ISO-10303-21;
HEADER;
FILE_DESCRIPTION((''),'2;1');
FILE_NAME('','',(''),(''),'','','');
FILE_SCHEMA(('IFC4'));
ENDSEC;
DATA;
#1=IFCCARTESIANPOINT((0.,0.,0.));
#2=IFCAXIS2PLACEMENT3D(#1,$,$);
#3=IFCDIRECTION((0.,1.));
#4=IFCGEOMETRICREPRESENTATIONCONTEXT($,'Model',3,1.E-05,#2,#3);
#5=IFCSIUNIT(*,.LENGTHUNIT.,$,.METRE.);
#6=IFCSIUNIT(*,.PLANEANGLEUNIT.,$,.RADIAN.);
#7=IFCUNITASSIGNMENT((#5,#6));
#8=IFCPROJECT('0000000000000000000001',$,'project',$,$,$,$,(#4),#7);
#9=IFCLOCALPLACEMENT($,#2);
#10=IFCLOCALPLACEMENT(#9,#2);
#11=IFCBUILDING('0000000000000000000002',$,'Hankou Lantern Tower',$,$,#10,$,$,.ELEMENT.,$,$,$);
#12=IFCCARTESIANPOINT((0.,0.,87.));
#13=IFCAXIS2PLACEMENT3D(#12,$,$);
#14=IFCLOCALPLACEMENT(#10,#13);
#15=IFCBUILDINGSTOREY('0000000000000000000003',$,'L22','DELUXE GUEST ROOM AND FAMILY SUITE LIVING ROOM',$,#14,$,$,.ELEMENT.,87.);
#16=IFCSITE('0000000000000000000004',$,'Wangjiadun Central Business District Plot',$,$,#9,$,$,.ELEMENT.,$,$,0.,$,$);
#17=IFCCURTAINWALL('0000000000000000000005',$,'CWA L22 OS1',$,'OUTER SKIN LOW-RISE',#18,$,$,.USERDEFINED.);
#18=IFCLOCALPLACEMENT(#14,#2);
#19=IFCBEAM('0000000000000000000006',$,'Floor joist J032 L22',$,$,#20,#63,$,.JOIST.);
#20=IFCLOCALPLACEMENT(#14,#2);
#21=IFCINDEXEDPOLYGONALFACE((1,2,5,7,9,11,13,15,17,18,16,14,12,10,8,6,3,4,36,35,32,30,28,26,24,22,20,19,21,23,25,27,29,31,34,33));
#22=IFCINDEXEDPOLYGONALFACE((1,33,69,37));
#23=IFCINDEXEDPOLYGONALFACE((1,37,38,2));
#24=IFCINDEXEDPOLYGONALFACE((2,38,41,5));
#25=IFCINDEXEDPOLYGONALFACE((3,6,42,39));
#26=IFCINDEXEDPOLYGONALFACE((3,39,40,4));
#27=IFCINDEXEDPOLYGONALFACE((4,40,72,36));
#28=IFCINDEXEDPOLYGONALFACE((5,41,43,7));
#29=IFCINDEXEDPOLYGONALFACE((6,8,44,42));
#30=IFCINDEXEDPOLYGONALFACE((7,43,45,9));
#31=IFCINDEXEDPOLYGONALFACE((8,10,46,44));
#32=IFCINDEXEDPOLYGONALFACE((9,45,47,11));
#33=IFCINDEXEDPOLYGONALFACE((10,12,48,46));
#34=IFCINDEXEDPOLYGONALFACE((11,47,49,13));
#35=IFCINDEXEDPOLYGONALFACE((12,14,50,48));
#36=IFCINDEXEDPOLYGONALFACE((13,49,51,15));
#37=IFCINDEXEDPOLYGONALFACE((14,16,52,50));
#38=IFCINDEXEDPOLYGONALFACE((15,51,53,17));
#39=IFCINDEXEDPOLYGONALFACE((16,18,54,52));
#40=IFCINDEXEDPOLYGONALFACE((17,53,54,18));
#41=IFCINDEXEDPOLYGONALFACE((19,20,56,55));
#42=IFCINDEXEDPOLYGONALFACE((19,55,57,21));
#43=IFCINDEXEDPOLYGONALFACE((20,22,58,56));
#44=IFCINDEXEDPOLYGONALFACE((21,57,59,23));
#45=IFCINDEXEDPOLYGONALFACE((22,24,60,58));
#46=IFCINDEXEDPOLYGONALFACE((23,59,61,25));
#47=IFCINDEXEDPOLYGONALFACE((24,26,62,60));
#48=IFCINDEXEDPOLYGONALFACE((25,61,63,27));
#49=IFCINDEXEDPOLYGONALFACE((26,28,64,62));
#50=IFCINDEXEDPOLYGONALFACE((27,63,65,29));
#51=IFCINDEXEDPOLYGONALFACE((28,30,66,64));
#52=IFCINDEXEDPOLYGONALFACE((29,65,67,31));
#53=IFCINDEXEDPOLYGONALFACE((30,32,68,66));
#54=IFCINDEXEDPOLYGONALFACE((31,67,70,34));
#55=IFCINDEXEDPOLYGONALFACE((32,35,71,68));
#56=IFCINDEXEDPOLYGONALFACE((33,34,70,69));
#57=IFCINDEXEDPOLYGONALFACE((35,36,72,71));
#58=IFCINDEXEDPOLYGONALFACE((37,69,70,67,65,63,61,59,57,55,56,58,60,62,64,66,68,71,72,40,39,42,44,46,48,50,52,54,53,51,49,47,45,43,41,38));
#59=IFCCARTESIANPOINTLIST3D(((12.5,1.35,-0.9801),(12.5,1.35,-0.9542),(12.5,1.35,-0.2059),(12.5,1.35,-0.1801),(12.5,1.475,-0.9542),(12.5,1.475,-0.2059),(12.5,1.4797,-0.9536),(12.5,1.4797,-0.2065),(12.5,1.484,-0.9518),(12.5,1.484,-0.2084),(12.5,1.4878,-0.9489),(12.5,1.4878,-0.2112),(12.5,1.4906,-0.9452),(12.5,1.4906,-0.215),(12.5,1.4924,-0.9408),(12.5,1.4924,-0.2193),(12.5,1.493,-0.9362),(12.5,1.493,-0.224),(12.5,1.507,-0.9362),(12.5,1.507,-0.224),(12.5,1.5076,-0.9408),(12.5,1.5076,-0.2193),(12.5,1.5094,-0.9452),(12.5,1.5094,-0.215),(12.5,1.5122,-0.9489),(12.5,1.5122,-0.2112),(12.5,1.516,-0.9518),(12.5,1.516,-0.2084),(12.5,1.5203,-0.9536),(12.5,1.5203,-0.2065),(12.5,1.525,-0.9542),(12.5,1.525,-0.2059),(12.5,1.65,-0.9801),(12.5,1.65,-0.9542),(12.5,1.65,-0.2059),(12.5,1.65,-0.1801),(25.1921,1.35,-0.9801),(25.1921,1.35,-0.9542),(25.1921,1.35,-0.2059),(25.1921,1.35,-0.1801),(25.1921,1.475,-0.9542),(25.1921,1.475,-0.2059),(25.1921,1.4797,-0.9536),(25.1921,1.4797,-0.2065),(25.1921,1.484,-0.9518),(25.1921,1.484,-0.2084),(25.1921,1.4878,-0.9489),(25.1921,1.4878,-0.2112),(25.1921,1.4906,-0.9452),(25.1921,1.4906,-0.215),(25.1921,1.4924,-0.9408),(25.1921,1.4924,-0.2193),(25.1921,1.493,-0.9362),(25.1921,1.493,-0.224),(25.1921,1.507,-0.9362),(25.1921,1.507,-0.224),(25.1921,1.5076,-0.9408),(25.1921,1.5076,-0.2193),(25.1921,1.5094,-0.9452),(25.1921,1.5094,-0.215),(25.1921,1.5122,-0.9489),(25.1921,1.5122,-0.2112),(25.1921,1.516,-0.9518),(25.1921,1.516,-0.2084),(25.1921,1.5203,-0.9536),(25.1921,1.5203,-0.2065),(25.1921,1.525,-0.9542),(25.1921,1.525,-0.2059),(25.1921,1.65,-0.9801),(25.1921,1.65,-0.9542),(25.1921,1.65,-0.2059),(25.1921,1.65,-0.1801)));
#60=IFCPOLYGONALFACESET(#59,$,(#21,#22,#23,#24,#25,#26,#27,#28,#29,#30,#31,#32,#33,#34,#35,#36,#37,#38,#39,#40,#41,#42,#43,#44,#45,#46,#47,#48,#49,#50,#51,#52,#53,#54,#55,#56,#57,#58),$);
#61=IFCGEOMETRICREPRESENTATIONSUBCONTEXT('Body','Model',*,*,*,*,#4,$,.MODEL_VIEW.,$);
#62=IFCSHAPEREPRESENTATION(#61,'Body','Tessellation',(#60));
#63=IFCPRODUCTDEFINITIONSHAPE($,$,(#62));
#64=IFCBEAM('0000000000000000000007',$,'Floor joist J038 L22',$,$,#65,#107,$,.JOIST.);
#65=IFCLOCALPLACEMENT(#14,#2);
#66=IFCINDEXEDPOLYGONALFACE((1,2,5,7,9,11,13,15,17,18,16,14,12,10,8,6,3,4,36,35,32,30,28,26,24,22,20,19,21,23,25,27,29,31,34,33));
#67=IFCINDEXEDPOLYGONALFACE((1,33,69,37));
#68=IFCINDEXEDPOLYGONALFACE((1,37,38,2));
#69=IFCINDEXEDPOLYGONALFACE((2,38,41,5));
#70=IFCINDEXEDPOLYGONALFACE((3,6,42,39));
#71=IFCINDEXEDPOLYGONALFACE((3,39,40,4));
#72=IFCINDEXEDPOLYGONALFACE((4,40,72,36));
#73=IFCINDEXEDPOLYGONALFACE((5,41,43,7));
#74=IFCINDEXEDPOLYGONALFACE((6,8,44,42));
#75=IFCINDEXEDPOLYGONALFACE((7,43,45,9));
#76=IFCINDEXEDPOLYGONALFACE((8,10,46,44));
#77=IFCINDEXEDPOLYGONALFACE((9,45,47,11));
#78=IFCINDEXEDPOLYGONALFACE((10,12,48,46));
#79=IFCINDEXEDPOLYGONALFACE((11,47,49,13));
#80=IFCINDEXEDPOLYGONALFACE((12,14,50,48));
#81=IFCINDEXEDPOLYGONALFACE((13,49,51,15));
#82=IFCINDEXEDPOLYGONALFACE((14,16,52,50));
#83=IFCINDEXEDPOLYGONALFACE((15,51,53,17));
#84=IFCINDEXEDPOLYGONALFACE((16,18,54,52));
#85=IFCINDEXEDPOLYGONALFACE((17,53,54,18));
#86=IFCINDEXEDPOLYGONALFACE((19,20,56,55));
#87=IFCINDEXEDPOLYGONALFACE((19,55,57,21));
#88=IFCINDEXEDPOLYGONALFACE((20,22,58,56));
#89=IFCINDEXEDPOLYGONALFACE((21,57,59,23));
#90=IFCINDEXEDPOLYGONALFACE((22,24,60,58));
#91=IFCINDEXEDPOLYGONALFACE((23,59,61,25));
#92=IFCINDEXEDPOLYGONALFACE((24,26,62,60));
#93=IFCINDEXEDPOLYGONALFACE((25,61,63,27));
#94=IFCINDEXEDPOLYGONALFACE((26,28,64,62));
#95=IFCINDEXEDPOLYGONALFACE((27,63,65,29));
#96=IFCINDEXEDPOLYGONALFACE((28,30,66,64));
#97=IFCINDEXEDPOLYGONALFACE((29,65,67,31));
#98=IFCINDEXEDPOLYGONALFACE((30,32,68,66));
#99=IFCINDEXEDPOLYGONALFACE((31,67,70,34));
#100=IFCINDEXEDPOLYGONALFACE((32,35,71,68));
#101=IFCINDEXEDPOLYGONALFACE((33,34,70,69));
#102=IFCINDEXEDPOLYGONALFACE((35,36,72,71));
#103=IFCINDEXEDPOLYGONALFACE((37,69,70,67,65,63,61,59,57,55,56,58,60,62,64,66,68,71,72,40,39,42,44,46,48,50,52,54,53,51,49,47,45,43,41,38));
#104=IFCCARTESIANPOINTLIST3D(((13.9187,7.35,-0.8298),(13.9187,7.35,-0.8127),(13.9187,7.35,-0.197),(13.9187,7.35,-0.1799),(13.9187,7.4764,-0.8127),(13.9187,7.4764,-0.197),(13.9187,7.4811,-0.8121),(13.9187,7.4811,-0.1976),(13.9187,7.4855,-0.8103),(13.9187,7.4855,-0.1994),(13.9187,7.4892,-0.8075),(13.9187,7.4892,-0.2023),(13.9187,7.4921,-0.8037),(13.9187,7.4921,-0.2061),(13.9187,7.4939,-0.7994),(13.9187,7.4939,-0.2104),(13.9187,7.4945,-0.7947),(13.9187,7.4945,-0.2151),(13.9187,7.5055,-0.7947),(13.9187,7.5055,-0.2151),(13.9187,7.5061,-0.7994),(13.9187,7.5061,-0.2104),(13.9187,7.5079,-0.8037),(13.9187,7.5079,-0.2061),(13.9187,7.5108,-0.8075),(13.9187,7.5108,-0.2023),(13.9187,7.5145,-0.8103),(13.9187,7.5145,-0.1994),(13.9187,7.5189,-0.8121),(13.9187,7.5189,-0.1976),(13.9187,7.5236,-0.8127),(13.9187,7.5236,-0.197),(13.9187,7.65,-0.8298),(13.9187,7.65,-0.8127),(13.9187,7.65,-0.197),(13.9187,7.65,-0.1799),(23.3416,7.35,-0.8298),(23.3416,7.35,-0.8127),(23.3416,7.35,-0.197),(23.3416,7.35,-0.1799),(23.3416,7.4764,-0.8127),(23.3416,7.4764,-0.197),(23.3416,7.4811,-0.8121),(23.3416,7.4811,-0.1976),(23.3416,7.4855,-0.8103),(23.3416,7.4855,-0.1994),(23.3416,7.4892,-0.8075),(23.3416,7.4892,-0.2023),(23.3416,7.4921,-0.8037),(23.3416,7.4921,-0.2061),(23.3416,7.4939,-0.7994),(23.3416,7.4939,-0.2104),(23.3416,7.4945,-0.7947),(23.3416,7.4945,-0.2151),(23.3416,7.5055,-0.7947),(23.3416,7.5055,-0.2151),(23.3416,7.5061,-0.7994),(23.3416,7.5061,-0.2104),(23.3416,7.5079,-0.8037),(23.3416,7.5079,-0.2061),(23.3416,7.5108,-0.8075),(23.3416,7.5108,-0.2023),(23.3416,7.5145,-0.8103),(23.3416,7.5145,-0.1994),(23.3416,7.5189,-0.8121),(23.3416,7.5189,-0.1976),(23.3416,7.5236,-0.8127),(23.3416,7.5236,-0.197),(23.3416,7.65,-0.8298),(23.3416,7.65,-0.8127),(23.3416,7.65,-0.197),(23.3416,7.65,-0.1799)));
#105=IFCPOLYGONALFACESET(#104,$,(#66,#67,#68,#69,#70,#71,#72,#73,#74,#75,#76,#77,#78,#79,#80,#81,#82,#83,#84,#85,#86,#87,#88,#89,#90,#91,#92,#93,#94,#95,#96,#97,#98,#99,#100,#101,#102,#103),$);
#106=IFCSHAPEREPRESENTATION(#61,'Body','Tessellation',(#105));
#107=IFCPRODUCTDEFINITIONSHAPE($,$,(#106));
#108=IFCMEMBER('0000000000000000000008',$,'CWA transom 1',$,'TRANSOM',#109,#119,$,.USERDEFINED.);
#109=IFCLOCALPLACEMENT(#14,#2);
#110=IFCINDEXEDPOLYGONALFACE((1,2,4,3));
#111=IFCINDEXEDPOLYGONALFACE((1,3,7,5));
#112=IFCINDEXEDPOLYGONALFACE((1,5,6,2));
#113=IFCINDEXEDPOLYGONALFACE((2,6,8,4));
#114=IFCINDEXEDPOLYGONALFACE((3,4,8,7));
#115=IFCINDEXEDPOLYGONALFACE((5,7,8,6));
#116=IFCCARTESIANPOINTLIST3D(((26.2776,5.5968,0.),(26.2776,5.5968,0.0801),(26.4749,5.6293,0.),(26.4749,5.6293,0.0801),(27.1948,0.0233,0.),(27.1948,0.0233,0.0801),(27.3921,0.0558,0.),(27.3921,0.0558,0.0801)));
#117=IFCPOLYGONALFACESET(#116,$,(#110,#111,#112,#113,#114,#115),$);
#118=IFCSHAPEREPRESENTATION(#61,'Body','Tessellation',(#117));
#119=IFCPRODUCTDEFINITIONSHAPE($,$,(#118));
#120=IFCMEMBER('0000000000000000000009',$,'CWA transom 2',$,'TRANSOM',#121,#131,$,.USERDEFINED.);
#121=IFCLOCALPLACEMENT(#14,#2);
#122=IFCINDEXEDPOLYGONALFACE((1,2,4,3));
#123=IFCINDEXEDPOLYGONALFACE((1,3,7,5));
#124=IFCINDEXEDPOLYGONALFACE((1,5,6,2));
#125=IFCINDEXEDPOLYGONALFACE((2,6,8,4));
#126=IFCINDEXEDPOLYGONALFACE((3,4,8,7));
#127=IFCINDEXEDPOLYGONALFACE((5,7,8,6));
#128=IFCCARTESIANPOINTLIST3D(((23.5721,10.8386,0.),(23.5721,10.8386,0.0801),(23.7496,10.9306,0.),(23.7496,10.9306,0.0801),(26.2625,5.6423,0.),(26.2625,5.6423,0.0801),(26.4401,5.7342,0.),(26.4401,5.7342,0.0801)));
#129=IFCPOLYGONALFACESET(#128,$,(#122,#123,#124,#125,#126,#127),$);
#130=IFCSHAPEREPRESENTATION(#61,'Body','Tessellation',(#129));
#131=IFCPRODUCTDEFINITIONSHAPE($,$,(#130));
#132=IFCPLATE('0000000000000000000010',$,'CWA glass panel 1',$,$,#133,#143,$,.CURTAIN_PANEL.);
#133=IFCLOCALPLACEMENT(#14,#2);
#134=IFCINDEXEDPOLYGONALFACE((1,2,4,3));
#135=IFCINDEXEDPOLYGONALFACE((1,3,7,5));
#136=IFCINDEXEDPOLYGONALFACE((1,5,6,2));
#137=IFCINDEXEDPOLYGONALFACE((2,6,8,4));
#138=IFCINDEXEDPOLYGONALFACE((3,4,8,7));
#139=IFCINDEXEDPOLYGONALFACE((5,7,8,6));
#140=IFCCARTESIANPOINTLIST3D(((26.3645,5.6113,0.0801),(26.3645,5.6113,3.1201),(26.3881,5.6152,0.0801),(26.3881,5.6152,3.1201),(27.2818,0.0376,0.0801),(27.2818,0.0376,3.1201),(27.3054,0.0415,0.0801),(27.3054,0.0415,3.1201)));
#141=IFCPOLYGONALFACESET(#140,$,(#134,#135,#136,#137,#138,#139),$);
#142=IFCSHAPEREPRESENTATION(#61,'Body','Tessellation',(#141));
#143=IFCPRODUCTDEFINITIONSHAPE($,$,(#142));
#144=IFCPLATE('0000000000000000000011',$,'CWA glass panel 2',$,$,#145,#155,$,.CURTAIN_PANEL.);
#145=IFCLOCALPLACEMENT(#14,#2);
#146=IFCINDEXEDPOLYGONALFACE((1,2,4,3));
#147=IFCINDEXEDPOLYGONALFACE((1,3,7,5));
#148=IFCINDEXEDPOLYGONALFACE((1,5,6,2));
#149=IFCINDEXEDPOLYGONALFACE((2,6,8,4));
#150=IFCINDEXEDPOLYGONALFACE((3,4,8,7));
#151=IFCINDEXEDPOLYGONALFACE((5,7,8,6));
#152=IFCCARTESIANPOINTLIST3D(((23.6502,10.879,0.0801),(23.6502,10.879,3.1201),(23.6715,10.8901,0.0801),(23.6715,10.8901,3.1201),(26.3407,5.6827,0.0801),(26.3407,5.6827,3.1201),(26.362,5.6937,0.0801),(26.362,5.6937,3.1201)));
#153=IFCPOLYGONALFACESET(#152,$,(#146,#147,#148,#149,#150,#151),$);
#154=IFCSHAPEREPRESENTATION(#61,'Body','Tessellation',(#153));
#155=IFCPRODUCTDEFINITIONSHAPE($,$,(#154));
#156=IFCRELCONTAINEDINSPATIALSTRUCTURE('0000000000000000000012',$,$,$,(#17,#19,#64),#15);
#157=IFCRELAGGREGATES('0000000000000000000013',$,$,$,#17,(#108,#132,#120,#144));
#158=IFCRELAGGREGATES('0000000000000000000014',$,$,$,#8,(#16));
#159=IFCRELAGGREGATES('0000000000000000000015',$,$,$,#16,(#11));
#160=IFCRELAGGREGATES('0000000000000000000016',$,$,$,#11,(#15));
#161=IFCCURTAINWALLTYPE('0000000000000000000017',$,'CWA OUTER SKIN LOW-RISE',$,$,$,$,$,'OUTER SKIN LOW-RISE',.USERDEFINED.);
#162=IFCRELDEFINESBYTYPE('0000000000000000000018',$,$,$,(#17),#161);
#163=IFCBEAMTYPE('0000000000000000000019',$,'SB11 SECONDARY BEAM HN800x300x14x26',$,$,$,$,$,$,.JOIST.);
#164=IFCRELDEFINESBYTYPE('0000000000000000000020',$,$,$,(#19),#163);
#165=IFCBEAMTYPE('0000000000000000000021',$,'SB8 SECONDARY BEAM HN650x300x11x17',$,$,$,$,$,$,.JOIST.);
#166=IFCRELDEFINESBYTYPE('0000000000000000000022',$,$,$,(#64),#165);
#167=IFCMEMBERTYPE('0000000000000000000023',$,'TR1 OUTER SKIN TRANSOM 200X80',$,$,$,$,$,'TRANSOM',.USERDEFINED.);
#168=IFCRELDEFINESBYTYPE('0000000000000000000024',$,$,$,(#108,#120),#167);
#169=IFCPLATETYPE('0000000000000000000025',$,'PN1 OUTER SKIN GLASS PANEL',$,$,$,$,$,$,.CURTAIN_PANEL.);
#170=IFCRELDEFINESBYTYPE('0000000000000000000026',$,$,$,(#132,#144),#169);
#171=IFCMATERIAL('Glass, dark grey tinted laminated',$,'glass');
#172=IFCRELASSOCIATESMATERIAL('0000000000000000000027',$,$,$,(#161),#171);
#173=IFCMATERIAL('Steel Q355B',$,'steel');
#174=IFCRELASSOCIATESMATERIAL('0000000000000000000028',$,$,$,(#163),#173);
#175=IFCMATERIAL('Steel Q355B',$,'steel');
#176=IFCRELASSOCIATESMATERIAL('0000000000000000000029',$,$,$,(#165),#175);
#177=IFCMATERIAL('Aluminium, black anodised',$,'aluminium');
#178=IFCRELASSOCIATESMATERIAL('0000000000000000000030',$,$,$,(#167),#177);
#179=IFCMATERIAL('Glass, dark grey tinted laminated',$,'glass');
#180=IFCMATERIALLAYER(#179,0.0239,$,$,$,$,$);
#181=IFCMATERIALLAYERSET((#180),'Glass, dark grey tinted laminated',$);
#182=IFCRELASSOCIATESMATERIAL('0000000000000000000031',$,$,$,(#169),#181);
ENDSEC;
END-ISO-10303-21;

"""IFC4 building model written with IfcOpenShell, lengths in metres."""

from ifc_helpers import new_model, si_unit, direction, frame, origin, origin_2d, place, context, subcontext, project, spatial, rectangle, i_section, extrude, material, layer, layer_set, material_profile, profile_set, type_object, element, aggregate, save


model = new_model("IFC4")

# Units and contexts
model_context = context("Model", 3, precision=1e-05, world=origin(), true_north=direction((0.0, 1.0)))
body_context = subcontext(model_context, "Body", "Model", "MODEL_VIEW")
ifc_project = project(units=[si_unit("LENGTHUNIT", "METRE"), si_unit("PLANEANGLEUNIT", "RADIAN")], contexts=[model_context])

# Site, building, storey
site_placement = place(None, origin())
site = spatial("IfcSite", under=ifc_project, at=site_placement, Name="Wangjiadun Central Business District Plot", CompositionType="ELEMENT", RefElevation=0.0)
building_placement = place(site_placement, origin())
building = spatial("IfcBuilding", under=site, at=building_placement, Name="Hankou Lantern Tower", CompositionType="ELEMENT")
storey_placement = place(building_placement, frame((0.0, 0.0, 87.0)))
storey = spatial("IfcBuildingStorey", under=building, at=storey_placement, Name="L22", Description="DELUXE GUEST ROOM AND FAMILY SUITE LIVING ROOM", CompositionType="ELEMENT", Elevation=87.0)

# Curtain wall
ifc_material_1 = material(Name="Glass, dark grey tinted laminated", Category="glass")
curtain_wall_type = type_object("IfcCurtainWallType", Name="CWA OUTER SKIN LOW-RISE", ElementType="OUTER SKIN LOW-RISE", PredefinedType="USERDEFINED", material=ifc_material_1)
curtain_wall_placement = place(storey_placement, origin())
curtain_wall = element("IfcCurtainWall", 1, at=curtain_wall_placement, inside=storey, type_object=curtain_wall_type, Name="CWA L22 OS1", ObjectType="OUTER SKIN LOW-RISE", PredefinedType="USERDEFINED")

# Beams
ifc_material_2 = material(Name="Steel Q355B", Category="steel")
ifc_material_profile_1 = material_profile(ifc_material_2, i_section(OverallWidth=0.3, OverallDepth=0.8, WebThickness=0.0139, FlangeThickness=0.0259, FilletRadius=0.0181, at=origin_2d()), Name="HN800x300x14x26")
ifc_profile_set_1 = profile_set([ifc_material_profile_1], Name="Steel Q355B")
beam_type_1 = type_object("IfcBeamType", Name="SB11 SECONDARY BEAM HN800x300x14x26", PredefinedType="JOIST", material=ifc_profile_set_1)
beam_1_placement = place(storey_placement, frame((12.5, 1.5, -0.5801), z_axis=(1.0, 0.0, 0.0), x_axis=(0.0, 1.0, 0.0)))
element("IfcBeam", 2, at=beam_1_placement, inside=storey, type_object=beam_type_1, Name="Floor joist J032 L22", PredefinedType="JOIST", context=body_context, shape_type="SweptSolid", body=[
    extrude(i_section(OverallWidth=0.3, OverallDepth=0.8, WebThickness=0.0139, FlangeThickness=0.0259, FilletRadius=0.0181, at=origin_2d()), origin(), (0.0, 0.0, 1.0), 12.6921),
])
ifc_material_3 = material(Name="Steel Q355B", Category="steel")
ifc_material_profile_2 = material_profile(ifc_material_3, i_section(OverallWidth=0.3, OverallDepth=0.6499, WebThickness=0.011, FlangeThickness=0.0171, FilletRadius=0.0181, at=origin_2d()), Name="HN650x300x11x17")
ifc_profile_set_2 = profile_set([ifc_material_profile_2], Name="Steel Q355B")
beam_type_2 = type_object("IfcBeamType", Name="SB8 SECONDARY BEAM HN650x300x11x17", PredefinedType="JOIST", material=ifc_profile_set_2)
beam_2_placement = place(storey_placement, frame((13.9187, 7.5, -0.5049), z_axis=(1.0, 0.0, 0.0), x_axis=(0.0, 1.0, 0.0)))
element("IfcBeam", 3, at=beam_2_placement, inside=storey, type_object=beam_type_2, Name="Floor joist J038 L22", PredefinedType="JOIST", context=body_context, shape_type="SweptSolid", body=[
    extrude(i_section(OverallWidth=0.3, OverallDepth=0.6499, WebThickness=0.011, FlangeThickness=0.0171, FilletRadius=0.0181, at=origin_2d()), origin(), (0.0, 0.0, 1.0), 9.4229),
])

# Members
ifc_material_4 = material(Name="Aluminium, black anodised", Category="aluminium")
ifc_material_profile_3 = material_profile(ifc_material_4, rectangle(XDim=0.2, YDim=0.0801, at=origin_2d()), Name="TR1 200X80")
ifc_profile_set_3 = profile_set([ifc_material_profile_3], Name="Aluminium, black anodised")
member_type_1 = type_object("IfcMemberType", Name="TR1 OUTER SKIN TRANSOM 200X80", ElementType="TRANSOM", PredefinedType="USERDEFINED", material=ifc_profile_set_3)
member_1_placement = place(storey_placement, frame((27.2935, 0.0396, 0.04), z_axis=(-0.162387, 0.986727, 0.0), x_axis=(-0.986727, -0.162387, 0.0)))
member_1 = element("IfcMember", 4, at=member_1_placement, type_object=member_type_1, Name="CWA transom 1", ObjectType="TRANSOM", PredefinedType="USERDEFINED", context=body_context, shape_type="SweptSolid", body=[
    extrude(rectangle(XDim=0.2, YDim=0.0801, at=origin_2d()), origin(), (0.0, 0.0, 1.0), 5.6484),
])
member_2_placement = place(storey_placement, frame((26.3513, 5.6882, 0.04), z_axis=(-0.459786, 0.88803, 0.0), x_axis=(-0.88803, -0.459786, 0.0)))
member_2 = element("IfcMember", 5, at=member_2_placement, type_object=member_type_1, Name="CWA transom 2", ObjectType="TRANSOM", PredefinedType="USERDEFINED", context=body_context, shape_type="SweptSolid", body=[
    extrude(rectangle(XDim=0.2, YDim=0.0801, at=origin_2d()), origin(), (0.0, 0.0, 1.0), 5.8516),
])

# Plates
ifc_material_5 = material(Name="Glass, dark grey tinted laminated", Category="glass")
ifc_layer_1 = layer(ifc_material_5, 0.0239)
ifc_layer_set_1 = layer_set([ifc_layer_1], Name="Glass, dark grey tinted laminated")
plate_type = type_object("IfcPlateType", Name="PN1 OUTER SKIN GLASS PANEL", PredefinedType="CURTAIN_PANEL", material=ifc_layer_set_1)
plate_1_placement = place(storey_placement, frame((26.835, 2.8264, 0.0801), z_axis=(0.0, 0.0, 1.0), x_axis=(-0.162382, 0.986728, 0.0)))
plate_1 = element("IfcPlate", 6, at=plate_1_placement, type_object=plate_type, Name="CWA glass panel 1", PredefinedType="CURTAIN_PANEL", context=body_context, shape_type="SweptSolid", body=[
    extrude(rectangle(XDim=5.6487, YDim=0.0239, at=origin_2d()), origin(), (0.0, 0.0, 1.0), 3.04),
])
plate_2_placement = place(storey_placement, frame((25.0061, 8.2864, 0.0801), z_axis=(0.0, 0.0, 1.0), x_axis=(-0.459791, 0.888027, 0.0)))
plate_2 = element("IfcPlate", 7, at=plate_2_placement, type_object=plate_type, Name="CWA glass panel 2", PredefinedType="CURTAIN_PANEL", context=body_context, shape_type="SweptSolid", body=[
    extrude(rectangle(XDim=5.8516, YDim=0.0239, at=origin_2d()), origin(), (0.0, 0.0, 1.0), 3.04),
])
aggregate(curtain_wall, [member_1, plate_1, member_2, plate_2])

save(model, "model.ifc")
